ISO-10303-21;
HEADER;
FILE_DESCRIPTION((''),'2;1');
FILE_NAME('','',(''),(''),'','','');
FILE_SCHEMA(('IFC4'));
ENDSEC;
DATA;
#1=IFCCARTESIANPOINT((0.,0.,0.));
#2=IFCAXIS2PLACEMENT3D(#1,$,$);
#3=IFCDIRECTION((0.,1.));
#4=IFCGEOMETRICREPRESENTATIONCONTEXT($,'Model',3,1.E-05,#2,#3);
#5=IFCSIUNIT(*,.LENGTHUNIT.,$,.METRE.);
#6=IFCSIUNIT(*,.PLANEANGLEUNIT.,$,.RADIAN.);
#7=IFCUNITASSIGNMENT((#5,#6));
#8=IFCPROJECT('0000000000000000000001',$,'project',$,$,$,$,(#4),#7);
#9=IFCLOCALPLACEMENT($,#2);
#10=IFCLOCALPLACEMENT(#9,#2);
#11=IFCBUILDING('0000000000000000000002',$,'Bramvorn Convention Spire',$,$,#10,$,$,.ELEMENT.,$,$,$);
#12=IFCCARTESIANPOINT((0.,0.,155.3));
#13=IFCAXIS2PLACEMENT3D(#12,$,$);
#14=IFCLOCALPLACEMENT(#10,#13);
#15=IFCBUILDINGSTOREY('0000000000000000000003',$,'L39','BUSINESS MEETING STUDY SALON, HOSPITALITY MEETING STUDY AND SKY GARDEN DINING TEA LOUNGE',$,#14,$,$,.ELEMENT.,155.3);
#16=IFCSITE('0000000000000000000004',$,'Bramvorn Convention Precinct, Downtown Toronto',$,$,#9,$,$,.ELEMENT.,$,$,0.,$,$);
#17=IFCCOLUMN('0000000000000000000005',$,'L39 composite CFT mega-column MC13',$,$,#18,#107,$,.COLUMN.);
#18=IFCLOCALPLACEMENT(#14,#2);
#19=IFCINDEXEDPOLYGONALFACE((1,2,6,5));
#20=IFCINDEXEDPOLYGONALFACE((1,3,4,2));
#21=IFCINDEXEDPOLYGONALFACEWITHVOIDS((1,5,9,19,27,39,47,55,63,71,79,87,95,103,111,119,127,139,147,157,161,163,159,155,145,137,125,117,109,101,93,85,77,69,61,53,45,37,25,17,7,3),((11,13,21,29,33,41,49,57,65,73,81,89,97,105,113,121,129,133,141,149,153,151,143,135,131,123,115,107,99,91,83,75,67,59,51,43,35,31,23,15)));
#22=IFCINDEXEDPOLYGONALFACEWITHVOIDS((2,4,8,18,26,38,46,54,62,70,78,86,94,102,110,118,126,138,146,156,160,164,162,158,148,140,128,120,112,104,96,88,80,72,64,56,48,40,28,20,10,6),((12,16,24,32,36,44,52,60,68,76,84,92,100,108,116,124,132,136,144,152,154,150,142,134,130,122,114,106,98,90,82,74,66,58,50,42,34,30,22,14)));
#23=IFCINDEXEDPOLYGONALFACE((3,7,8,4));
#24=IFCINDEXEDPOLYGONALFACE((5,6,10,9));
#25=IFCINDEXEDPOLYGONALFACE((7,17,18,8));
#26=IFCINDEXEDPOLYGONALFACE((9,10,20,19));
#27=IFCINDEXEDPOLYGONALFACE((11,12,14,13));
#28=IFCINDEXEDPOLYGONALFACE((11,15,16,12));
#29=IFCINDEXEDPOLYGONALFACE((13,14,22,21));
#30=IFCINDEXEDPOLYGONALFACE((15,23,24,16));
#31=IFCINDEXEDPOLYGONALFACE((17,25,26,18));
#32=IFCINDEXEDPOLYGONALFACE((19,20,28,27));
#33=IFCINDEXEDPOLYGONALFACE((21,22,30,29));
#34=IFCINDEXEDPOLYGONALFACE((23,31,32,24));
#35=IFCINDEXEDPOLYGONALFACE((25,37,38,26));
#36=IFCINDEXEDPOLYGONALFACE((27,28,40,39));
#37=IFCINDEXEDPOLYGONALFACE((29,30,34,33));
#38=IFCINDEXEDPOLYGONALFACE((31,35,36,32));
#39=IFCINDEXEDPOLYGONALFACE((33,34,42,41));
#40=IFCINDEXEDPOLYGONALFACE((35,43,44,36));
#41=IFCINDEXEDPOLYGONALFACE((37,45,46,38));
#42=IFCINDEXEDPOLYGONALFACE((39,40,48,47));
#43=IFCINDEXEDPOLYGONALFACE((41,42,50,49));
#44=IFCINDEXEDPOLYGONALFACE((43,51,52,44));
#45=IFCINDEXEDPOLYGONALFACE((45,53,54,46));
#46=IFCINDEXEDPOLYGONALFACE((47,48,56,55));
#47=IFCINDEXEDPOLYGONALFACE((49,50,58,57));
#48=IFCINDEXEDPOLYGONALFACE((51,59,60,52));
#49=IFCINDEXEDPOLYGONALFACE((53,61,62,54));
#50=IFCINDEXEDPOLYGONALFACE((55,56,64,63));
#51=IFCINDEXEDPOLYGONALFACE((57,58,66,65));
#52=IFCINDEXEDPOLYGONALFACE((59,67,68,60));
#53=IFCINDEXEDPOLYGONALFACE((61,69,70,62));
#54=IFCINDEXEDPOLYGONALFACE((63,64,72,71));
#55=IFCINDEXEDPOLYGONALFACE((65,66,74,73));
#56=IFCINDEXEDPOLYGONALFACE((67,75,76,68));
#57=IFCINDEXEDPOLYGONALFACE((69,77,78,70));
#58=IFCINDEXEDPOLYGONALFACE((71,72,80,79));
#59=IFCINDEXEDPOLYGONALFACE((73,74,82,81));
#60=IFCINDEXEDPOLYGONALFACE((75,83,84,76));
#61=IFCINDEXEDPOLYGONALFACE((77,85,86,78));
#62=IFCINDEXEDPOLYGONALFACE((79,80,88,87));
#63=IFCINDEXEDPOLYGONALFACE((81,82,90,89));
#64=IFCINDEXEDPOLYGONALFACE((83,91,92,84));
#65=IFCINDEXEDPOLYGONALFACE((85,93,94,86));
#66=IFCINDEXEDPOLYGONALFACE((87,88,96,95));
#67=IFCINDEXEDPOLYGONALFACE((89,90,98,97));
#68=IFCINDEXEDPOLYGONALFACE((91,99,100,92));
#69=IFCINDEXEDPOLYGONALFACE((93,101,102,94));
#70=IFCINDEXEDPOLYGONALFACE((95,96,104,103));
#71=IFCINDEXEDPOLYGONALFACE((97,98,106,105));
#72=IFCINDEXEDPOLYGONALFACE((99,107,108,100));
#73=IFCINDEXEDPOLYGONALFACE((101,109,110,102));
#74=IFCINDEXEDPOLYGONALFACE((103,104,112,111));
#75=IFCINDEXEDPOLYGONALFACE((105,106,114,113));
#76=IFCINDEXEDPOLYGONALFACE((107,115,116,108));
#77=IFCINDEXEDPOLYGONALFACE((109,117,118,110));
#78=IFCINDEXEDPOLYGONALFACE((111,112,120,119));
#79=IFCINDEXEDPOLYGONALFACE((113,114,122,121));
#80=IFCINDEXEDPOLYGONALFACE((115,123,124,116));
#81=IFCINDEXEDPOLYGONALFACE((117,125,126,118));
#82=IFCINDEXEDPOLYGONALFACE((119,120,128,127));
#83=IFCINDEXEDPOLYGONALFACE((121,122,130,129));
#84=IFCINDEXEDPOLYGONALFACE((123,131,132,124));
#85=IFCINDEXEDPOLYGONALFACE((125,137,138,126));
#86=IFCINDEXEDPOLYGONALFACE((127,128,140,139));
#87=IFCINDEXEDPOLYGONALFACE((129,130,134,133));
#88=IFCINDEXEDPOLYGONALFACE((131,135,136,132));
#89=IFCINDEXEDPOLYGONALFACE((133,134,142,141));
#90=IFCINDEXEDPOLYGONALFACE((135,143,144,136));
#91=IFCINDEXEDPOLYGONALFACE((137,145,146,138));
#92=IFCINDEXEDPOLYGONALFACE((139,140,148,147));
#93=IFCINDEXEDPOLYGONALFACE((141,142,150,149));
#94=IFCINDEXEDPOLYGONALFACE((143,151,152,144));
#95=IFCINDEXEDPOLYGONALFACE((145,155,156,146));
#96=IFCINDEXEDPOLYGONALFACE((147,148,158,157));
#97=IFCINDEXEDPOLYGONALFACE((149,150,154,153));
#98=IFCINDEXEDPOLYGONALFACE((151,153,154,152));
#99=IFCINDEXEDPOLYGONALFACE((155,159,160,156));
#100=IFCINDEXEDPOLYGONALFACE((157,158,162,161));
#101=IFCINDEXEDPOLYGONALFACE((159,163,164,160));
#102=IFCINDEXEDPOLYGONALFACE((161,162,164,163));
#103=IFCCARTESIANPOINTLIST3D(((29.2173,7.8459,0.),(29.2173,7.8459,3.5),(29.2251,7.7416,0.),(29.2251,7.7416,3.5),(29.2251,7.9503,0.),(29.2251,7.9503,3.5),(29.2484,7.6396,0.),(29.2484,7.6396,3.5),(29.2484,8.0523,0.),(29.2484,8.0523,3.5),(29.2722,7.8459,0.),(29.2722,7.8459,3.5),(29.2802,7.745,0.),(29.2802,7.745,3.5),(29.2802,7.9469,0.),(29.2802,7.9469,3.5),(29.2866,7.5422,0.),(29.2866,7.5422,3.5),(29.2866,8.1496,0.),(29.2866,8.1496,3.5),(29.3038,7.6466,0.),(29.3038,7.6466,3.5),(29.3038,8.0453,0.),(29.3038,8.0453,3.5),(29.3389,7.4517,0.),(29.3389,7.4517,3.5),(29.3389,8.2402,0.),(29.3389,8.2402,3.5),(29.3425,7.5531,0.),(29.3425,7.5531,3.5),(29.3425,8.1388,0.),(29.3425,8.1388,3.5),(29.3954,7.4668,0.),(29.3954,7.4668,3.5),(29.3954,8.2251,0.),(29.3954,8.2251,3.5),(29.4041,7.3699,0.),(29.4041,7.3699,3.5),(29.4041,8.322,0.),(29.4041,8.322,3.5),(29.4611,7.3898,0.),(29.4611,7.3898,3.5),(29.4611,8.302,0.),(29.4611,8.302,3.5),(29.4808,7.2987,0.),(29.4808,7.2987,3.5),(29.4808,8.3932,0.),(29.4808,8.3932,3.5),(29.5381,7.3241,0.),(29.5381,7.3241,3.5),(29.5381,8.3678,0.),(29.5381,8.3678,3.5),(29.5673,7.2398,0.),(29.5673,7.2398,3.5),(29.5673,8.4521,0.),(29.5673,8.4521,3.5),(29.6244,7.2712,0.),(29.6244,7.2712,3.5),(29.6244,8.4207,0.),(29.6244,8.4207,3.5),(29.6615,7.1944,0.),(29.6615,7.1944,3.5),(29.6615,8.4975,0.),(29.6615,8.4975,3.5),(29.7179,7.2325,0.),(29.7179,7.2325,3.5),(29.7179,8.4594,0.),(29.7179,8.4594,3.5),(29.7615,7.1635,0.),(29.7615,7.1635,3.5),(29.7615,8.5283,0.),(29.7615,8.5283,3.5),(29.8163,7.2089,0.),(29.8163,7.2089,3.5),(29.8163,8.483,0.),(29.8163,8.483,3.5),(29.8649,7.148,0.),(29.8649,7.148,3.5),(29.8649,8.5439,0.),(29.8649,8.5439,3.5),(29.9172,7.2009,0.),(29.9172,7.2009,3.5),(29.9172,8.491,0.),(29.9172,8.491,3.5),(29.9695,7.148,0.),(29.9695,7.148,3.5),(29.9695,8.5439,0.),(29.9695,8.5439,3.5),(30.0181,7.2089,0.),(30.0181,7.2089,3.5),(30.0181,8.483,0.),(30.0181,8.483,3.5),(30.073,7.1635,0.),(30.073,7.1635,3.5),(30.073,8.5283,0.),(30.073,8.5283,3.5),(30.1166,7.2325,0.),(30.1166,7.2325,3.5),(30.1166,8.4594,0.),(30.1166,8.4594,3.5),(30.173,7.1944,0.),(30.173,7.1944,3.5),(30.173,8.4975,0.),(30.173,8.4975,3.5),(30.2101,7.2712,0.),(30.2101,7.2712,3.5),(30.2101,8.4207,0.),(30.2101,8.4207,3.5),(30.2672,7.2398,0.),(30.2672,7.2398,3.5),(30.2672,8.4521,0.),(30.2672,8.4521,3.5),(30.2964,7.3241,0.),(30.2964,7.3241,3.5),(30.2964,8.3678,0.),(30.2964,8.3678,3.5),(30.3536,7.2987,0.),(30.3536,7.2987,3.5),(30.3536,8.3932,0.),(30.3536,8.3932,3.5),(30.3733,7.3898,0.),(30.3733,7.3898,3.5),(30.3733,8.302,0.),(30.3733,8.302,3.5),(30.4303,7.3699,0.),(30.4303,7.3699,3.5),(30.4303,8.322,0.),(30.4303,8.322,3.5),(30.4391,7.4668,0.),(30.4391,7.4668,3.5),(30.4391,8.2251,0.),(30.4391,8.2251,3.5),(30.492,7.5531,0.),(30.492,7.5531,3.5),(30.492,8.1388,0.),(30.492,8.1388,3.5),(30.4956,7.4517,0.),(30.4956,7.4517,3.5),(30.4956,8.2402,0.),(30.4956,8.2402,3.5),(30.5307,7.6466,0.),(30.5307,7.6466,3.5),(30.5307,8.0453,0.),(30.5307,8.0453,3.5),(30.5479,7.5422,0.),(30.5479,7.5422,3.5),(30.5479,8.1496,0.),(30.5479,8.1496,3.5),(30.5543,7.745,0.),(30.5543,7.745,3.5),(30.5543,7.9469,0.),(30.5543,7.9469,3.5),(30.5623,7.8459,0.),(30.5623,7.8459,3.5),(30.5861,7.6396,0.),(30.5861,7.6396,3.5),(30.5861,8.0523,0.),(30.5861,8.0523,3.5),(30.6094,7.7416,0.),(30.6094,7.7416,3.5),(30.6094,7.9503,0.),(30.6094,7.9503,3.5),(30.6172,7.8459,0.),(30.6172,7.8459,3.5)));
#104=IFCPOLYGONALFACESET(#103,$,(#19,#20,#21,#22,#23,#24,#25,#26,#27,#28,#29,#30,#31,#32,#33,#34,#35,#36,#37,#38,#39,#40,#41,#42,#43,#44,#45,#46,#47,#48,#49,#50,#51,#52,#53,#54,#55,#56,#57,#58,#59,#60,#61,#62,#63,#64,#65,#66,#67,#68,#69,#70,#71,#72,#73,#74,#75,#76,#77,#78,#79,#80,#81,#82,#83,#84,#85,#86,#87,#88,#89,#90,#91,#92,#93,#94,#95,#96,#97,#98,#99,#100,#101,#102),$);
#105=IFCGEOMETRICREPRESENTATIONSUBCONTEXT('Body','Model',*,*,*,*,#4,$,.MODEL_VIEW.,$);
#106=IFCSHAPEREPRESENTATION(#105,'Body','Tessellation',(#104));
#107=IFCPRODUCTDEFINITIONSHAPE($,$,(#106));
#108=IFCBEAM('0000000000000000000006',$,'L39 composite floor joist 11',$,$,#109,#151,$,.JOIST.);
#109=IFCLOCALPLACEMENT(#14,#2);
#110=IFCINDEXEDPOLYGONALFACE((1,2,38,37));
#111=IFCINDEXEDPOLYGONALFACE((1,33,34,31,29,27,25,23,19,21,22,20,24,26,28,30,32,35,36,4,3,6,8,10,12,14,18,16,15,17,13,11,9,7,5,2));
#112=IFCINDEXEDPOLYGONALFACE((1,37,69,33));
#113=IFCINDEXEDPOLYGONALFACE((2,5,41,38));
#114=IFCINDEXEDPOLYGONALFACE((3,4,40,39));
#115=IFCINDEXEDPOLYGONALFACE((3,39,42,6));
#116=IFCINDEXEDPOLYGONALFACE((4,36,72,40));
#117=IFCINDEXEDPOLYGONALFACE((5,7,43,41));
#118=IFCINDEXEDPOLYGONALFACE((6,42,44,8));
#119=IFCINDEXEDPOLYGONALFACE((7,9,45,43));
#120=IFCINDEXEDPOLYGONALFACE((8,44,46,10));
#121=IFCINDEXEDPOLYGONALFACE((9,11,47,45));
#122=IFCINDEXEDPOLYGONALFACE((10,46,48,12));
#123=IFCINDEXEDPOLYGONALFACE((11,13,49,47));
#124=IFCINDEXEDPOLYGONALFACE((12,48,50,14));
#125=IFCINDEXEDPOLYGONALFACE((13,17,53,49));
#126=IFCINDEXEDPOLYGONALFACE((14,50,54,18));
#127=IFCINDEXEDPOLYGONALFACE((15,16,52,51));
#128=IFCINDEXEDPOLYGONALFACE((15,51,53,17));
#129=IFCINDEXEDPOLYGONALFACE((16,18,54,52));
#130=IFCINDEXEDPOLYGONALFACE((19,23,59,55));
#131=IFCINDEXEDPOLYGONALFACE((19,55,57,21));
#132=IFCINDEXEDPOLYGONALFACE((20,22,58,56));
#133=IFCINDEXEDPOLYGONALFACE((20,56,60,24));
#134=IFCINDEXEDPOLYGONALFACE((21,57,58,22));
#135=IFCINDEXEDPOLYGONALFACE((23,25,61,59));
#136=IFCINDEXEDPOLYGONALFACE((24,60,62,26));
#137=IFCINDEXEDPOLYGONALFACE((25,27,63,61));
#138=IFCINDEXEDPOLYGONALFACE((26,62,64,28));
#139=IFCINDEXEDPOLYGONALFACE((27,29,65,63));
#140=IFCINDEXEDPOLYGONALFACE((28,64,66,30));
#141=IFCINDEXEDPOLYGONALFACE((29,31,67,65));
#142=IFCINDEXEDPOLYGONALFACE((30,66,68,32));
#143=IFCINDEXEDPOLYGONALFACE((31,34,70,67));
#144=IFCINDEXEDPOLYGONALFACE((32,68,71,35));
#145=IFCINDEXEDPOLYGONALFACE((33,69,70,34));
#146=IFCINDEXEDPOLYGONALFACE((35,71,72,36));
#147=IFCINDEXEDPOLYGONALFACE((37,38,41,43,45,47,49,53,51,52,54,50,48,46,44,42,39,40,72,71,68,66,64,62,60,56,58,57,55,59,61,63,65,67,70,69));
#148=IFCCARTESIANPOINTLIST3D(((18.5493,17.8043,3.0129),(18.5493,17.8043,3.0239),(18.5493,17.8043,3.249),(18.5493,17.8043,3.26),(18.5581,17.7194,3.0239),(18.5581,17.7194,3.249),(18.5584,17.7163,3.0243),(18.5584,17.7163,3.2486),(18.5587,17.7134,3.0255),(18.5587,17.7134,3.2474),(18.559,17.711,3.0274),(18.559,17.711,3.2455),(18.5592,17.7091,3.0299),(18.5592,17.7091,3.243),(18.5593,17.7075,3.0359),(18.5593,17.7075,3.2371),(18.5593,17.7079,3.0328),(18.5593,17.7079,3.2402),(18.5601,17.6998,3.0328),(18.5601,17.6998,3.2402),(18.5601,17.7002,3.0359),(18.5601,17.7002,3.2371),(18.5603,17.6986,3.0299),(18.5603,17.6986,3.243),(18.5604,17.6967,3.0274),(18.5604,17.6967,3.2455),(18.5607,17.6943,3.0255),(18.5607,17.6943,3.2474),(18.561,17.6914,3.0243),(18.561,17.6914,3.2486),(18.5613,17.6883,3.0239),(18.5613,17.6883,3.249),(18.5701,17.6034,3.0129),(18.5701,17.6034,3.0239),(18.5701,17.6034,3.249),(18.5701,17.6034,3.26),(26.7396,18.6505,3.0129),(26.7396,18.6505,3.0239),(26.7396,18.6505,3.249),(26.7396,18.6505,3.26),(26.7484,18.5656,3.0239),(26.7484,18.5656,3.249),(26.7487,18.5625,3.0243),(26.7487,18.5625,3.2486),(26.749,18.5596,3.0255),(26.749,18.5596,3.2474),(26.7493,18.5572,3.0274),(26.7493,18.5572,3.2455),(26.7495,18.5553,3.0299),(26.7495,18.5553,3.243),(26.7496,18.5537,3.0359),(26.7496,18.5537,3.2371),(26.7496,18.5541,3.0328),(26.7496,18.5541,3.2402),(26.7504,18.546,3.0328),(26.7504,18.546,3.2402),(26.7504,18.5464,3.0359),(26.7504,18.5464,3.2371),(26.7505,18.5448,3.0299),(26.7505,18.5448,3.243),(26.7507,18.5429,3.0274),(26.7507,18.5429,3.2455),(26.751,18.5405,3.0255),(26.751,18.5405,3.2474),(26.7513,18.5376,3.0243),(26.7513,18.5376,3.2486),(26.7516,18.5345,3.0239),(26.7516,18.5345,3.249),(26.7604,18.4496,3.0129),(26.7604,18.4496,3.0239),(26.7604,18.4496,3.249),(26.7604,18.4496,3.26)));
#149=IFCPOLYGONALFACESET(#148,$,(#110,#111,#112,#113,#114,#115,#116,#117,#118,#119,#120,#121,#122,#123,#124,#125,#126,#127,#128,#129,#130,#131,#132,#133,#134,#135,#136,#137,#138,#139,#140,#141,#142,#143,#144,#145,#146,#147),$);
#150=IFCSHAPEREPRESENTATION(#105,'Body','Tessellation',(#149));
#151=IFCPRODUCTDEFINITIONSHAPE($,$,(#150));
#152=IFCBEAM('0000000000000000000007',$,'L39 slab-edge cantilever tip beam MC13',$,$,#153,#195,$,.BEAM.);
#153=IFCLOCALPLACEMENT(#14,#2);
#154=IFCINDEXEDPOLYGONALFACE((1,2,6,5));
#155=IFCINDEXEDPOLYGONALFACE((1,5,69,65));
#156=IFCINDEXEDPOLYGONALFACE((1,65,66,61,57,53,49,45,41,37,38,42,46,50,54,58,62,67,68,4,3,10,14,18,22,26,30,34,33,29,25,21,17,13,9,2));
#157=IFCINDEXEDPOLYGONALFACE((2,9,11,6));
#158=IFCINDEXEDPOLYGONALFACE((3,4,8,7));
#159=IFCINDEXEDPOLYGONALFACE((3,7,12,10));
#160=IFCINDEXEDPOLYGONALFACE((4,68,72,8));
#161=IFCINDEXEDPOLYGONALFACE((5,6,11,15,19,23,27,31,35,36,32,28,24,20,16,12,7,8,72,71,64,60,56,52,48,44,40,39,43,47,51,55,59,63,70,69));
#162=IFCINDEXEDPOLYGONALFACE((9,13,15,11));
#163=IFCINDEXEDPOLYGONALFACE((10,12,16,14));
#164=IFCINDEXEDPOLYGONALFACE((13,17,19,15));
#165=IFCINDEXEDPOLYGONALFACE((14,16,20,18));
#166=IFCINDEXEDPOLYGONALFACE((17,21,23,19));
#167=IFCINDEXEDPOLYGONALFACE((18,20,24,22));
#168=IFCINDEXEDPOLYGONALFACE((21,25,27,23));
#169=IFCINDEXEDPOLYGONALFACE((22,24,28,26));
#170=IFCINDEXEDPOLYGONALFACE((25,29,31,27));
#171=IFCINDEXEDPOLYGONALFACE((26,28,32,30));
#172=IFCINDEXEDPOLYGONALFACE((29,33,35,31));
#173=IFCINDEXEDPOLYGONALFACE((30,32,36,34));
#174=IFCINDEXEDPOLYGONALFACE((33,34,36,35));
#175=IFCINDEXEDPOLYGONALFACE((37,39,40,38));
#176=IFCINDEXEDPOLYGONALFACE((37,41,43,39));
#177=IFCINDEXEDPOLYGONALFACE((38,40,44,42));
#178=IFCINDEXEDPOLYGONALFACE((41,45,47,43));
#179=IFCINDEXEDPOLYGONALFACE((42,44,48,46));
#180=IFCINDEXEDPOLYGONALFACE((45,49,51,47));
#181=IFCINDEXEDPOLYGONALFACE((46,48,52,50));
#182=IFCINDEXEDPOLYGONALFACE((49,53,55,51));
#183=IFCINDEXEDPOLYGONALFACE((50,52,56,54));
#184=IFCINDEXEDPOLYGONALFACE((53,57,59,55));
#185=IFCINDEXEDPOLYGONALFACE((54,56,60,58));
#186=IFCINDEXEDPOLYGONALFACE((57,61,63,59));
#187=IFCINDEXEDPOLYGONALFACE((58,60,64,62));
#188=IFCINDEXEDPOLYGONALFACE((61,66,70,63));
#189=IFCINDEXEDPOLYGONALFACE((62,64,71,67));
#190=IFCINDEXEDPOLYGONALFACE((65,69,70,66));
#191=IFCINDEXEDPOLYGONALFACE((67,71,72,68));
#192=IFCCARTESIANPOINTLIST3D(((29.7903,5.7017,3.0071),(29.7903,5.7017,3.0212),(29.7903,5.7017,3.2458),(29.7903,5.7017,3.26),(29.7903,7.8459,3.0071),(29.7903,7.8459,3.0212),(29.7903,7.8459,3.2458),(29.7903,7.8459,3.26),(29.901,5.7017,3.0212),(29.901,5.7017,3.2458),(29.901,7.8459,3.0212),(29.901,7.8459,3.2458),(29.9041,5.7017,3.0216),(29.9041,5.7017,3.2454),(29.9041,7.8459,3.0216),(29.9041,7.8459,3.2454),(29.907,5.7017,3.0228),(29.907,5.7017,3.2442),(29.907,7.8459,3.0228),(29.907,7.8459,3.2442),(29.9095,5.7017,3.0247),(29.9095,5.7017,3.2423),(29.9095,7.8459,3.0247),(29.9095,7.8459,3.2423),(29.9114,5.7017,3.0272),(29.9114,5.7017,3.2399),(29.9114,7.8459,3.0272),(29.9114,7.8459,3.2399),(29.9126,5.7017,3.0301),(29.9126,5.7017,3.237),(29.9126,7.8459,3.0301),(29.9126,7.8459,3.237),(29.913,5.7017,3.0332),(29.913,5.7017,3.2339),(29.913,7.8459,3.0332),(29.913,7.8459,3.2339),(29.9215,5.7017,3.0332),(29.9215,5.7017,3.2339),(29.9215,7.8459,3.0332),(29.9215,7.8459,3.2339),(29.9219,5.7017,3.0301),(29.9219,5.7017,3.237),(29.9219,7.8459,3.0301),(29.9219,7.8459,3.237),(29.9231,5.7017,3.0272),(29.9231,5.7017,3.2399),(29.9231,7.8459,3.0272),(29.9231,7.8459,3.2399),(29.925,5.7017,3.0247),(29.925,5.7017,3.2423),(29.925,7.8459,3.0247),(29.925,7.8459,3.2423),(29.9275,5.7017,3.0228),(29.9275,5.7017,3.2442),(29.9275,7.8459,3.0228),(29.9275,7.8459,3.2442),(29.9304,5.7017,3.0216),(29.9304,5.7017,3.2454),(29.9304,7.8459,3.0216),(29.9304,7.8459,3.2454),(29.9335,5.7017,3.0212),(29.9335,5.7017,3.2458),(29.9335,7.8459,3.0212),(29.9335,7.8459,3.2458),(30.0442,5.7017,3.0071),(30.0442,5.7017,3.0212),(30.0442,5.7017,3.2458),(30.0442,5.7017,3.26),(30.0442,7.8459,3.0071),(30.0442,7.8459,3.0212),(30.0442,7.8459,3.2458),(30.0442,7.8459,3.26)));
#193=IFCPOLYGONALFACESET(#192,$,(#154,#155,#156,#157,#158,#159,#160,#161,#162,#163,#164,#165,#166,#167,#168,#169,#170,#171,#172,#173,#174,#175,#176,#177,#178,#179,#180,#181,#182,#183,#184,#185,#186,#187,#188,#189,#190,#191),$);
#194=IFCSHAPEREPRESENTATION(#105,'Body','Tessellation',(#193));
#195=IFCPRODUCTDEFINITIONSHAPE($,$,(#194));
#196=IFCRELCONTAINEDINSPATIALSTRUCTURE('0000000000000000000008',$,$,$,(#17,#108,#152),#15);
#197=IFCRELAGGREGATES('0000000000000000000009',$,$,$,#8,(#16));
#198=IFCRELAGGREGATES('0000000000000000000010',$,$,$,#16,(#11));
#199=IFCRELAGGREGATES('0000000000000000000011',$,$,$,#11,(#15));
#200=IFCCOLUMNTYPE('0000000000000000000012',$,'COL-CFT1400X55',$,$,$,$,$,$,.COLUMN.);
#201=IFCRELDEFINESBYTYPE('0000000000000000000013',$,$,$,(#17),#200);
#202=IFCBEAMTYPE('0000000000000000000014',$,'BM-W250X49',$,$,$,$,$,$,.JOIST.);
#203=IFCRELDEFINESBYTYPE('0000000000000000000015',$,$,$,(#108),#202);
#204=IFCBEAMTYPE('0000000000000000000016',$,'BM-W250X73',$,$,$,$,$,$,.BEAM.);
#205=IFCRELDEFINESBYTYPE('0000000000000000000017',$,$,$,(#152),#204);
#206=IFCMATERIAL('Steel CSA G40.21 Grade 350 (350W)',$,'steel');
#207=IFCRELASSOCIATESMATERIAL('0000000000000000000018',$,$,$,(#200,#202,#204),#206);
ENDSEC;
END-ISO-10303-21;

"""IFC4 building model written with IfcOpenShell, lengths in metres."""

from ifc_helpers import new_model, si_unit, direction, frame, origin, origin_2d, place, context, subcontext, project, spatial, hollow_circle, i_section, extrude, material, material_profile, profile_set, type_object, element, save


model = new_model("IFC4")

# Units and contexts
model_context = context("Model", 3, precision=1e-05, world=origin(), true_north=direction((0.0, 1.0)))
body_context = subcontext(model_context, "Body", "Model", "MODEL_VIEW")
ifc_project = project(units=[si_unit("LENGTHUNIT", "METRE"), si_unit("PLANEANGLEUNIT", "RADIAN")], contexts=[model_context])

# Site, building, storey
site_placement = place(None, origin())
site = spatial("IfcSite", under=ifc_project, at=site_placement, Name="Bramvorn Convention Precinct, Downtown Toronto", CompositionType="ELEMENT", RefElevation=0.0)
building_placement = place(site_placement, origin())
building = spatial("IfcBuilding", under=site, at=building_placement, Name="Bramvorn Convention Spire", CompositionType="ELEMENT")
storey_placement = place(building_placement, frame((0.0, 0.0, 155.3)))
storey = spatial("IfcBuildingStorey", under=building, at=storey_placement, Name="L39", Description="BUSINESS MEETING STUDY SALON, HOSPITALITY MEETING STUDY AND SKY GARDEN DINING TEA LOUNGE", CompositionType="ELEMENT", Elevation=155.3)

# Column
ifc_material_1 = material(Name="Steel CSA G40.21 Grade 350 (350W)", Category="steel")
ifc_material_profile_1 = material_profile(ifc_material_1, hollow_circle(Radius=0.7, WallThickness=0.0549, at=origin_2d()))
ifc_profile_set_1 = profile_set([ifc_material_profile_1], Name="Steel CSA G40.21 Grade 350 (350W) - CFT1400X55")
column_type = type_object("IfcColumnType", Name="COL-CFT1400X55", PredefinedType="COLUMN", material=ifc_profile_set_1)
column_placement = place(storey_placement, frame((29.9172, 7.8459, 0.0), z_axis=(0.0, 0.0, 1.0), x_axis=(1.0, 0.0, 0.0)))
element("IfcColumn", 1, at=column_placement, inside=storey, type_object=column_type, Name="L39 composite CFT mega-column MC13", PredefinedType="COLUMN", context=body_context, shape_type="SweptSolid", body=[
    extrude(hollow_circle(Radius=0.7, WallThickness=0.0549, at=origin_2d()), origin(), (0.0, 0.0, 1.0), 3.5),
])

# Beams
ifc_material_profile_2 = material_profile(ifc_material_1, i_section(OverallWidth=0.2019, OverallDepth=0.2471, WebThickness=0.0073, FlangeThickness=0.011, FilletRadius=0.012, at=origin_2d()))
ifc_profile_set_2 = profile_set([ifc_material_profile_2], Name="Steel CSA G40.21 Grade 350 (350W) - W250X49")
beam_type_1 = type_object("IfcBeamType", Name="BM-W250X49", PredefinedType="JOIST", material=ifc_profile_set_2)
beam_1_placement = place(storey_placement, frame((26.75, 18.55, 3.1365), z_axis=(-0.994705, -0.102771, 0.0), x_axis=(0.102771, -0.994705, 0.0)))
element("IfcBeam", 2, at=beam_1_placement, inside=storey, type_object=beam_type_1, Name="L39 composite floor joist 11", PredefinedType="JOIST", context=body_context, shape_type="SweptSolid", body=[
    extrude(i_section(OverallWidth=0.2019, OverallDepth=0.2471, WebThickness=0.0073, FlangeThickness=0.011, FilletRadius=0.012, at=origin_2d()), origin(), (0.0, 0.0, 1.0), 8.2339),
])
ifc_material_profile_3 = material_profile(ifc_material_1, i_section(OverallWidth=0.2539, OverallDepth=0.2529, WebThickness=0.0085, FlangeThickness=0.0142, FilletRadius=0.012, at=origin_2d()))
ifc_profile_set_3 = profile_set([ifc_material_profile_3], Name="Steel CSA G40.21 Grade 350 (350W) - W250X73")
beam_type_2 = type_object("IfcBeamType", Name="BM-W250X73", PredefinedType="BEAM", material=ifc_profile_set_3)
beam_2_placement = place(storey_placement, frame((29.9172, 7.8459, 3.1335), z_axis=(0.0, -1.0, 0.0), x_axis=(1.0, 0.0, 0.0)))
element("IfcBeam", 3, at=beam_2_placement, inside=storey, type_object=beam_type_2, Name="L39 slab-edge cantilever tip beam MC13", PredefinedType="BEAM", context=body_context, shape_type="SweptSolid", body=[
    extrude(i_section(OverallWidth=0.2539, OverallDepth=0.2529, WebThickness=0.0085, FlangeThickness=0.0142, FilletRadius=0.012, at=origin_2d()), origin(), (0.0, 0.0, 1.0), 2.1443),
])

save(model, "model.ifc")
